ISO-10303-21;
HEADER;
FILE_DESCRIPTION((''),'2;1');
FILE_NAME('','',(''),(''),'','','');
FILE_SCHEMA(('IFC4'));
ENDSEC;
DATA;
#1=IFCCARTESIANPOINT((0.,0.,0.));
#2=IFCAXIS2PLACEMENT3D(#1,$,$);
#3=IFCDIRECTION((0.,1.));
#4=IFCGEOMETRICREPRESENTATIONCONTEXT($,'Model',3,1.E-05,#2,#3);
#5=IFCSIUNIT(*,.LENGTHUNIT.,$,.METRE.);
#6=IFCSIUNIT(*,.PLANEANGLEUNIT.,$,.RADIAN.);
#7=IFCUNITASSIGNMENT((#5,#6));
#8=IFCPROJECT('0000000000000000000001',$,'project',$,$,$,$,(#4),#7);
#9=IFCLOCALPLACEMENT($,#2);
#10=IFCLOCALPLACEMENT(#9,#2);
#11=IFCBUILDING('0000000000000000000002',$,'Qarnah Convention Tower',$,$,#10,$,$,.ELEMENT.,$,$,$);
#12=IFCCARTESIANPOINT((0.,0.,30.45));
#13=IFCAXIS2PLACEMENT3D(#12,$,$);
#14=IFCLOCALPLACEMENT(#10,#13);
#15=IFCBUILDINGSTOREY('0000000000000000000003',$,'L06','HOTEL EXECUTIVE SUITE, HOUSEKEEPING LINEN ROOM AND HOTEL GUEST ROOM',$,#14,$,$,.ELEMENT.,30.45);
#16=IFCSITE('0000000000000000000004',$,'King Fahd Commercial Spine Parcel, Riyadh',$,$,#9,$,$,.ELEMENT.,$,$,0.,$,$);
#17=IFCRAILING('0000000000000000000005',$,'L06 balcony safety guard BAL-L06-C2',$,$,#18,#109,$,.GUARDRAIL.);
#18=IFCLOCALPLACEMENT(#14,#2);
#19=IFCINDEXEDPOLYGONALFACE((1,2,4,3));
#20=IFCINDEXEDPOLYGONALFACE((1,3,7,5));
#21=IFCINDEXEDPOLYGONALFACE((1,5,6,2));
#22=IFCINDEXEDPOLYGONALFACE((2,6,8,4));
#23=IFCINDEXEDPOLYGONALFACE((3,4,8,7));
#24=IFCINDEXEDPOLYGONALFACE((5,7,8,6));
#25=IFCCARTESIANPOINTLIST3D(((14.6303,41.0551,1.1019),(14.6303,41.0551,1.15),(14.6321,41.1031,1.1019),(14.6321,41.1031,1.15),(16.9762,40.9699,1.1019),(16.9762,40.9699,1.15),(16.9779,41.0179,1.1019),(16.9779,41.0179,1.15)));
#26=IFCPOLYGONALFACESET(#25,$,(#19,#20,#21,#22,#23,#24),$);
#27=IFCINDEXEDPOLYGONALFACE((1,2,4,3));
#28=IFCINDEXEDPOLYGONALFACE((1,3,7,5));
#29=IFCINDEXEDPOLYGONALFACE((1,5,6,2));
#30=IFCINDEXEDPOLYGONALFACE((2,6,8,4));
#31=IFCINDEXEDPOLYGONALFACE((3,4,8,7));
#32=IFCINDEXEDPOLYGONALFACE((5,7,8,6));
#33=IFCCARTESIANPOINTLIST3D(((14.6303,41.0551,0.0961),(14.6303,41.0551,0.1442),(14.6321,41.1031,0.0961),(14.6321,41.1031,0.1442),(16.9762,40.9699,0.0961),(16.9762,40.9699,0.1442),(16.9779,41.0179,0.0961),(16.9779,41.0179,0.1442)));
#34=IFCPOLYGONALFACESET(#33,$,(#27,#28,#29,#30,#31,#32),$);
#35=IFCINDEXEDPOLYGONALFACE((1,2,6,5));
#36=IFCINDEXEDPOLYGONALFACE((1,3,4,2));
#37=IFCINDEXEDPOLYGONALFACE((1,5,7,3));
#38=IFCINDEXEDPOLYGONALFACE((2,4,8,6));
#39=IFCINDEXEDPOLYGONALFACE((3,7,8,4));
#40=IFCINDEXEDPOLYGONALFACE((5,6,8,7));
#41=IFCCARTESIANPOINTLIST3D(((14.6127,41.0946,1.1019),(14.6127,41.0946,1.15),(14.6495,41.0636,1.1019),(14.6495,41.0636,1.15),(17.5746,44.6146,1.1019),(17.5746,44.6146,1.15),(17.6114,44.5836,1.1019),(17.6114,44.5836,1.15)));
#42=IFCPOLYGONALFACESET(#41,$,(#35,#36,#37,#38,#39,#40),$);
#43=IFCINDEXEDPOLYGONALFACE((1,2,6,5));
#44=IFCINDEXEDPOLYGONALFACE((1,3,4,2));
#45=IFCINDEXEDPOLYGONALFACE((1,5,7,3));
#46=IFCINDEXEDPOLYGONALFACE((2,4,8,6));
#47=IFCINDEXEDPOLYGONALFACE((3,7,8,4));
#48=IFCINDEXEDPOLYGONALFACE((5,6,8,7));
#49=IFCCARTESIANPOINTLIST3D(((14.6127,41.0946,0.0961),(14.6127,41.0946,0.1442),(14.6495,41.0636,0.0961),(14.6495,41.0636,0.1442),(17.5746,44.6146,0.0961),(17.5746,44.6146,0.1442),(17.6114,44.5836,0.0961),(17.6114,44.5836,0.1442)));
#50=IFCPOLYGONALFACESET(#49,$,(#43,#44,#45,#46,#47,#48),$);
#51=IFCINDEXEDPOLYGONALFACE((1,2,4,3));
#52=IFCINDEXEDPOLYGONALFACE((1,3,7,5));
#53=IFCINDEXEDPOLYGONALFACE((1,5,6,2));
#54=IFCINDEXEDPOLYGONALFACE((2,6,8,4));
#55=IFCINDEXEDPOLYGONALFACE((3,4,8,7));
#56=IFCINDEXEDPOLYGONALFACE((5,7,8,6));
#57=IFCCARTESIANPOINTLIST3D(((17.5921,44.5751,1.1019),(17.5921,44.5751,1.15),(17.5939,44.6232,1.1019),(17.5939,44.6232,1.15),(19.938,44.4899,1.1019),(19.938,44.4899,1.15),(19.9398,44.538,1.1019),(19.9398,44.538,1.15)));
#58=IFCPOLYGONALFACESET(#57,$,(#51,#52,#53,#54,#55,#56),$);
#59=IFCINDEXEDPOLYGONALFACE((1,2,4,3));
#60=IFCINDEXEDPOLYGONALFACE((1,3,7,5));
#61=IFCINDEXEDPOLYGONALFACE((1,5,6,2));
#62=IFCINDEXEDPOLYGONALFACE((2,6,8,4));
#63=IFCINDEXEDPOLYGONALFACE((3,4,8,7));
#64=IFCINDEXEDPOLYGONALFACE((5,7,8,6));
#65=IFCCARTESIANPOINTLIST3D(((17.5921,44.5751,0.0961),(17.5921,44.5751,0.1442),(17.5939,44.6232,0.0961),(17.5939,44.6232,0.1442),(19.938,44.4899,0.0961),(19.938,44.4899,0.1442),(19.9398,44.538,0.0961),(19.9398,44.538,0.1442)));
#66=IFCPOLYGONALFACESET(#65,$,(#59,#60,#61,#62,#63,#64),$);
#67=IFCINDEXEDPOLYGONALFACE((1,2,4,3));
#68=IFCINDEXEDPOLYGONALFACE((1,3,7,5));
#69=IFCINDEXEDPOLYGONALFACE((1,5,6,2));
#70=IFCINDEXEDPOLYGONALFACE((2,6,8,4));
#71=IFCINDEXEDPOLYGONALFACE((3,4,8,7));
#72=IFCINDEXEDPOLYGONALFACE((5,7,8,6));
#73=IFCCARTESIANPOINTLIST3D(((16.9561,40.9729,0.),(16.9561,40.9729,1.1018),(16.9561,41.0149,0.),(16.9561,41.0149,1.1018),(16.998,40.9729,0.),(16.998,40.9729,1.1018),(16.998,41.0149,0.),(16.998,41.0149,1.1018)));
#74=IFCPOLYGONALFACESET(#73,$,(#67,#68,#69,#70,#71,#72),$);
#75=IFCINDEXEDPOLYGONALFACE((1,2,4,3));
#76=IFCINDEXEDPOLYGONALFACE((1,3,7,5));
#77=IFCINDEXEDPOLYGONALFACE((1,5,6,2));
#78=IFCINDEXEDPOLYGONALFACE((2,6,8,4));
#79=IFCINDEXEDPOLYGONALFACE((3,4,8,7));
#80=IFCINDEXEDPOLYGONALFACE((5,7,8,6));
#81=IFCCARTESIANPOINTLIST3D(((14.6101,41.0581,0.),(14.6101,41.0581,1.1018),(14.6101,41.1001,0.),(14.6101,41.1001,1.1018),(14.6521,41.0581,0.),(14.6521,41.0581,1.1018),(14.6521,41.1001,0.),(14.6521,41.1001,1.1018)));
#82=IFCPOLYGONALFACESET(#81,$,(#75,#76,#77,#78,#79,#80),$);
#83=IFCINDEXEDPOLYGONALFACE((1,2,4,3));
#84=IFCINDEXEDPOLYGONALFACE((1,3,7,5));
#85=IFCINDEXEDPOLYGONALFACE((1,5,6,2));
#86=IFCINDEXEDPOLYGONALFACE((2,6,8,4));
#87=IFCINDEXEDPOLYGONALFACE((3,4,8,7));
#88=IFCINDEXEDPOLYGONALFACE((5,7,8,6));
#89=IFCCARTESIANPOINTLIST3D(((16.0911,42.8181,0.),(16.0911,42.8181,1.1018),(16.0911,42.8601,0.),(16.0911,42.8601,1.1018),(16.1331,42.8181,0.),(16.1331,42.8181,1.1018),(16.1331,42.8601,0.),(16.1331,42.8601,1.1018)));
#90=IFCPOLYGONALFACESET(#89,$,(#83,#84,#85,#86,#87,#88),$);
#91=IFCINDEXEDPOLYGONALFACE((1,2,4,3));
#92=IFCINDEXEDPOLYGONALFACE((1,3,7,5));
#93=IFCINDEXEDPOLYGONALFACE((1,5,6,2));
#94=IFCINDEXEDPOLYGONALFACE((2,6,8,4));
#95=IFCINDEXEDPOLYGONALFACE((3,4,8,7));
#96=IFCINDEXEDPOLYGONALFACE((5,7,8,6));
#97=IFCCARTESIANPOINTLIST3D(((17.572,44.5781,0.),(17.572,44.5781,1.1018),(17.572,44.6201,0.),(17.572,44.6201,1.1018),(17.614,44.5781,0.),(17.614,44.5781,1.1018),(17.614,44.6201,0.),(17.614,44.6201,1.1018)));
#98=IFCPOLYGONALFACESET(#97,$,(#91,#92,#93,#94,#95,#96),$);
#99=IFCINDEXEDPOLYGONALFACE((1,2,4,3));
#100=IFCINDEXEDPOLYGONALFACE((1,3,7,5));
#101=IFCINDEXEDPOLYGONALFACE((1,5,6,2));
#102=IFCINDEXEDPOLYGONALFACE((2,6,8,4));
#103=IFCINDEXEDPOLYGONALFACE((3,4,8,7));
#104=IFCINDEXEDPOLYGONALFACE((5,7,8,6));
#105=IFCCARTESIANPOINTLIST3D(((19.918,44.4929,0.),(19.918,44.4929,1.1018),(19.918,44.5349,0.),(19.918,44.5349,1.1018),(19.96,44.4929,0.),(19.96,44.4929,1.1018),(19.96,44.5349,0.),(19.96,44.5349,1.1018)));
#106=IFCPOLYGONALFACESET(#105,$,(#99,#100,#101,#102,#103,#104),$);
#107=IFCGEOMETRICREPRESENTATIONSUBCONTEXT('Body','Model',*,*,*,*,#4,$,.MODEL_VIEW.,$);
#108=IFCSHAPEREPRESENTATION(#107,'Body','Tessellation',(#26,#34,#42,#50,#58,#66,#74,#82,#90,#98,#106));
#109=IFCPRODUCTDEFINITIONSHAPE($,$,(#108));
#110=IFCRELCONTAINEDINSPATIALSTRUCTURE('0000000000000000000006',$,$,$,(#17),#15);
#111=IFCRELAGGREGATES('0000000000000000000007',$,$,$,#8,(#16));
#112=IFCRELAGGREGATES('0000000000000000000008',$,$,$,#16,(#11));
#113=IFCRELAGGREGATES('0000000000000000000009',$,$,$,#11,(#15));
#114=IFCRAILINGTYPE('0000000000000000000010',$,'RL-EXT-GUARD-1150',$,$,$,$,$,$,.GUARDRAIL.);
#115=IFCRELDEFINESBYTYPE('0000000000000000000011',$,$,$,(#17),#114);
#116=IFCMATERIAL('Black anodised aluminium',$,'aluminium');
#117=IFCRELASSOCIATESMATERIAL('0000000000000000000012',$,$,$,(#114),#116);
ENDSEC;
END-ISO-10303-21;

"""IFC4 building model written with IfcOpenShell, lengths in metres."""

from ifc_helpers import new_model, si_unit, direction, frame, origin, origin_2d, place, context, subcontext, project, spatial, rectangle, extrude, material, type_object, element, save


model = new_model("IFC4")

# Units and contexts
model_context = context("Model", 3, precision=1e-05, world=origin(), true_north=direction((0.0, 1.0)))
body_context = subcontext(model_context, "Body", "Model", "MODEL_VIEW")
ifc_project = project(units=[si_unit("LENGTHUNIT", "METRE"), si_unit("PLANEANGLEUNIT", "RADIAN")], contexts=[model_context])

# Site, building, storey
site_placement = place(None, origin())
site = spatial("IfcSite", under=ifc_project, at=site_placement, Name="King Fahd Commercial Spine Parcel, Riyadh", CompositionType="ELEMENT", RefElevation=0.0)
building_placement = place(site_placement, origin())
building = spatial("IfcBuilding", under=site, at=building_placement, Name="Qarnah Convention Tower", CompositionType="ELEMENT")
storey_placement = place(building_placement, frame((0.0, 0.0, 30.45)))
storey = spatial("IfcBuildingStorey", under=building, at=storey_placement, Name="L06", Description="HOTEL EXECUTIVE SUITE, HOUSEKEEPING LINEN ROOM AND HOTEL GUEST ROOM", CompositionType="ELEMENT", Elevation=30.45)

# Shared definitions
ifc_material_1 = material(Name="Black anodised aluminium", Category="aluminium")

# Railing
railing_type = type_object("IfcRailingType", Name="RL-EXT-GUARD-1150", PredefinedType="GUARDRAIL", material=ifc_material_1)
railing_1_placement = place(storey_placement, frame((16.9771, 40.9939, 0.0)))
element("IfcRailing", 1, at=railing_1_placement, inside=storey, type_object=railing_type, Name="L06 balcony safety guard BAL-L06-C2", PredefinedType="GUARDRAIL", context=body_context, shape_type="SweptSolid", body=[
    extrude(rectangle(XDim=0.0481, YDim=0.0481, at=origin_2d()), frame((0.0, 0.0, 1.126), z_axis=(-0.999341, 0.036296, 0.0), x_axis=(-0.036296, -0.999341, 0.0)), (0.0, 0.0, 1.0), 2.3474),
    extrude(rectangle(XDim=0.0481, YDim=0.0481, at=origin_2d()), frame((0.0, 0.0, 0.1201), z_axis=(-0.999341, 0.036296, 0.0), x_axis=(-0.036296, -0.999341, 0.0)), (0.0, 0.0, 1.0), 2.3474),
    extrude(rectangle(XDim=0.0481, YDim=0.0481, at=origin_2d()), frame((-2.3459, 0.0852, 1.126), z_axis=(0.643842, 0.765159, 0.0), x_axis=(-0.765159, 0.643842, 0.0)), (0.0, 0.0, 1.0), 4.6003),
    extrude(rectangle(XDim=0.0481, YDim=0.0481, at=origin_2d()), frame((-2.3459, 0.0852, 0.1201), z_axis=(0.643842, 0.765159, 0.0), x_axis=(-0.765159, 0.643842, 0.0)), (0.0, 0.0, 1.0), 4.6003),
    extrude(rectangle(XDim=0.0481, YDim=0.0481, at=origin_2d()), frame((0.616, 3.6052, 1.126), z_axis=(0.999341, -0.036296, 0.0), x_axis=(0.036296, 0.999341, 0.0)), (0.0, 0.0, 1.0), 2.3474),
    extrude(rectangle(XDim=0.0481, YDim=0.0481, at=origin_2d()), frame((0.616, 3.6052, 0.1201), z_axis=(0.999341, -0.036296, 0.0), x_axis=(0.036296, 0.999341, 0.0)), (0.0, 0.0, 1.0), 2.3474),
    extrude(rectangle(XDim=0.042, YDim=0.042, at=origin_2d()), origin(), (0.0, 0.0, 1.0), 1.1018),
    extrude(rectangle(XDim=0.042, YDim=0.042, at=origin_2d()), frame((-2.3459, 0.0852, 0.0)), (0.0, 0.0, 1.0), 1.1018),
    extrude(rectangle(XDim=0.042, YDim=0.042, at=origin_2d()), frame((-0.865, 1.8452, 0.0)), (0.0, 0.0, 1.0), 1.1018),
    extrude(rectangle(XDim=0.042, YDim=0.042, at=origin_2d()), frame((0.616, 3.6052, 0.0)), (0.0, 0.0, 1.0), 1.1018),
    extrude(rectangle(XDim=0.042, YDim=0.042, at=origin_2d()), frame((2.9619, 3.52, 0.0)), (0.0, 0.0, 1.0), 1.1018),
])

save(model, "model.ifc")
